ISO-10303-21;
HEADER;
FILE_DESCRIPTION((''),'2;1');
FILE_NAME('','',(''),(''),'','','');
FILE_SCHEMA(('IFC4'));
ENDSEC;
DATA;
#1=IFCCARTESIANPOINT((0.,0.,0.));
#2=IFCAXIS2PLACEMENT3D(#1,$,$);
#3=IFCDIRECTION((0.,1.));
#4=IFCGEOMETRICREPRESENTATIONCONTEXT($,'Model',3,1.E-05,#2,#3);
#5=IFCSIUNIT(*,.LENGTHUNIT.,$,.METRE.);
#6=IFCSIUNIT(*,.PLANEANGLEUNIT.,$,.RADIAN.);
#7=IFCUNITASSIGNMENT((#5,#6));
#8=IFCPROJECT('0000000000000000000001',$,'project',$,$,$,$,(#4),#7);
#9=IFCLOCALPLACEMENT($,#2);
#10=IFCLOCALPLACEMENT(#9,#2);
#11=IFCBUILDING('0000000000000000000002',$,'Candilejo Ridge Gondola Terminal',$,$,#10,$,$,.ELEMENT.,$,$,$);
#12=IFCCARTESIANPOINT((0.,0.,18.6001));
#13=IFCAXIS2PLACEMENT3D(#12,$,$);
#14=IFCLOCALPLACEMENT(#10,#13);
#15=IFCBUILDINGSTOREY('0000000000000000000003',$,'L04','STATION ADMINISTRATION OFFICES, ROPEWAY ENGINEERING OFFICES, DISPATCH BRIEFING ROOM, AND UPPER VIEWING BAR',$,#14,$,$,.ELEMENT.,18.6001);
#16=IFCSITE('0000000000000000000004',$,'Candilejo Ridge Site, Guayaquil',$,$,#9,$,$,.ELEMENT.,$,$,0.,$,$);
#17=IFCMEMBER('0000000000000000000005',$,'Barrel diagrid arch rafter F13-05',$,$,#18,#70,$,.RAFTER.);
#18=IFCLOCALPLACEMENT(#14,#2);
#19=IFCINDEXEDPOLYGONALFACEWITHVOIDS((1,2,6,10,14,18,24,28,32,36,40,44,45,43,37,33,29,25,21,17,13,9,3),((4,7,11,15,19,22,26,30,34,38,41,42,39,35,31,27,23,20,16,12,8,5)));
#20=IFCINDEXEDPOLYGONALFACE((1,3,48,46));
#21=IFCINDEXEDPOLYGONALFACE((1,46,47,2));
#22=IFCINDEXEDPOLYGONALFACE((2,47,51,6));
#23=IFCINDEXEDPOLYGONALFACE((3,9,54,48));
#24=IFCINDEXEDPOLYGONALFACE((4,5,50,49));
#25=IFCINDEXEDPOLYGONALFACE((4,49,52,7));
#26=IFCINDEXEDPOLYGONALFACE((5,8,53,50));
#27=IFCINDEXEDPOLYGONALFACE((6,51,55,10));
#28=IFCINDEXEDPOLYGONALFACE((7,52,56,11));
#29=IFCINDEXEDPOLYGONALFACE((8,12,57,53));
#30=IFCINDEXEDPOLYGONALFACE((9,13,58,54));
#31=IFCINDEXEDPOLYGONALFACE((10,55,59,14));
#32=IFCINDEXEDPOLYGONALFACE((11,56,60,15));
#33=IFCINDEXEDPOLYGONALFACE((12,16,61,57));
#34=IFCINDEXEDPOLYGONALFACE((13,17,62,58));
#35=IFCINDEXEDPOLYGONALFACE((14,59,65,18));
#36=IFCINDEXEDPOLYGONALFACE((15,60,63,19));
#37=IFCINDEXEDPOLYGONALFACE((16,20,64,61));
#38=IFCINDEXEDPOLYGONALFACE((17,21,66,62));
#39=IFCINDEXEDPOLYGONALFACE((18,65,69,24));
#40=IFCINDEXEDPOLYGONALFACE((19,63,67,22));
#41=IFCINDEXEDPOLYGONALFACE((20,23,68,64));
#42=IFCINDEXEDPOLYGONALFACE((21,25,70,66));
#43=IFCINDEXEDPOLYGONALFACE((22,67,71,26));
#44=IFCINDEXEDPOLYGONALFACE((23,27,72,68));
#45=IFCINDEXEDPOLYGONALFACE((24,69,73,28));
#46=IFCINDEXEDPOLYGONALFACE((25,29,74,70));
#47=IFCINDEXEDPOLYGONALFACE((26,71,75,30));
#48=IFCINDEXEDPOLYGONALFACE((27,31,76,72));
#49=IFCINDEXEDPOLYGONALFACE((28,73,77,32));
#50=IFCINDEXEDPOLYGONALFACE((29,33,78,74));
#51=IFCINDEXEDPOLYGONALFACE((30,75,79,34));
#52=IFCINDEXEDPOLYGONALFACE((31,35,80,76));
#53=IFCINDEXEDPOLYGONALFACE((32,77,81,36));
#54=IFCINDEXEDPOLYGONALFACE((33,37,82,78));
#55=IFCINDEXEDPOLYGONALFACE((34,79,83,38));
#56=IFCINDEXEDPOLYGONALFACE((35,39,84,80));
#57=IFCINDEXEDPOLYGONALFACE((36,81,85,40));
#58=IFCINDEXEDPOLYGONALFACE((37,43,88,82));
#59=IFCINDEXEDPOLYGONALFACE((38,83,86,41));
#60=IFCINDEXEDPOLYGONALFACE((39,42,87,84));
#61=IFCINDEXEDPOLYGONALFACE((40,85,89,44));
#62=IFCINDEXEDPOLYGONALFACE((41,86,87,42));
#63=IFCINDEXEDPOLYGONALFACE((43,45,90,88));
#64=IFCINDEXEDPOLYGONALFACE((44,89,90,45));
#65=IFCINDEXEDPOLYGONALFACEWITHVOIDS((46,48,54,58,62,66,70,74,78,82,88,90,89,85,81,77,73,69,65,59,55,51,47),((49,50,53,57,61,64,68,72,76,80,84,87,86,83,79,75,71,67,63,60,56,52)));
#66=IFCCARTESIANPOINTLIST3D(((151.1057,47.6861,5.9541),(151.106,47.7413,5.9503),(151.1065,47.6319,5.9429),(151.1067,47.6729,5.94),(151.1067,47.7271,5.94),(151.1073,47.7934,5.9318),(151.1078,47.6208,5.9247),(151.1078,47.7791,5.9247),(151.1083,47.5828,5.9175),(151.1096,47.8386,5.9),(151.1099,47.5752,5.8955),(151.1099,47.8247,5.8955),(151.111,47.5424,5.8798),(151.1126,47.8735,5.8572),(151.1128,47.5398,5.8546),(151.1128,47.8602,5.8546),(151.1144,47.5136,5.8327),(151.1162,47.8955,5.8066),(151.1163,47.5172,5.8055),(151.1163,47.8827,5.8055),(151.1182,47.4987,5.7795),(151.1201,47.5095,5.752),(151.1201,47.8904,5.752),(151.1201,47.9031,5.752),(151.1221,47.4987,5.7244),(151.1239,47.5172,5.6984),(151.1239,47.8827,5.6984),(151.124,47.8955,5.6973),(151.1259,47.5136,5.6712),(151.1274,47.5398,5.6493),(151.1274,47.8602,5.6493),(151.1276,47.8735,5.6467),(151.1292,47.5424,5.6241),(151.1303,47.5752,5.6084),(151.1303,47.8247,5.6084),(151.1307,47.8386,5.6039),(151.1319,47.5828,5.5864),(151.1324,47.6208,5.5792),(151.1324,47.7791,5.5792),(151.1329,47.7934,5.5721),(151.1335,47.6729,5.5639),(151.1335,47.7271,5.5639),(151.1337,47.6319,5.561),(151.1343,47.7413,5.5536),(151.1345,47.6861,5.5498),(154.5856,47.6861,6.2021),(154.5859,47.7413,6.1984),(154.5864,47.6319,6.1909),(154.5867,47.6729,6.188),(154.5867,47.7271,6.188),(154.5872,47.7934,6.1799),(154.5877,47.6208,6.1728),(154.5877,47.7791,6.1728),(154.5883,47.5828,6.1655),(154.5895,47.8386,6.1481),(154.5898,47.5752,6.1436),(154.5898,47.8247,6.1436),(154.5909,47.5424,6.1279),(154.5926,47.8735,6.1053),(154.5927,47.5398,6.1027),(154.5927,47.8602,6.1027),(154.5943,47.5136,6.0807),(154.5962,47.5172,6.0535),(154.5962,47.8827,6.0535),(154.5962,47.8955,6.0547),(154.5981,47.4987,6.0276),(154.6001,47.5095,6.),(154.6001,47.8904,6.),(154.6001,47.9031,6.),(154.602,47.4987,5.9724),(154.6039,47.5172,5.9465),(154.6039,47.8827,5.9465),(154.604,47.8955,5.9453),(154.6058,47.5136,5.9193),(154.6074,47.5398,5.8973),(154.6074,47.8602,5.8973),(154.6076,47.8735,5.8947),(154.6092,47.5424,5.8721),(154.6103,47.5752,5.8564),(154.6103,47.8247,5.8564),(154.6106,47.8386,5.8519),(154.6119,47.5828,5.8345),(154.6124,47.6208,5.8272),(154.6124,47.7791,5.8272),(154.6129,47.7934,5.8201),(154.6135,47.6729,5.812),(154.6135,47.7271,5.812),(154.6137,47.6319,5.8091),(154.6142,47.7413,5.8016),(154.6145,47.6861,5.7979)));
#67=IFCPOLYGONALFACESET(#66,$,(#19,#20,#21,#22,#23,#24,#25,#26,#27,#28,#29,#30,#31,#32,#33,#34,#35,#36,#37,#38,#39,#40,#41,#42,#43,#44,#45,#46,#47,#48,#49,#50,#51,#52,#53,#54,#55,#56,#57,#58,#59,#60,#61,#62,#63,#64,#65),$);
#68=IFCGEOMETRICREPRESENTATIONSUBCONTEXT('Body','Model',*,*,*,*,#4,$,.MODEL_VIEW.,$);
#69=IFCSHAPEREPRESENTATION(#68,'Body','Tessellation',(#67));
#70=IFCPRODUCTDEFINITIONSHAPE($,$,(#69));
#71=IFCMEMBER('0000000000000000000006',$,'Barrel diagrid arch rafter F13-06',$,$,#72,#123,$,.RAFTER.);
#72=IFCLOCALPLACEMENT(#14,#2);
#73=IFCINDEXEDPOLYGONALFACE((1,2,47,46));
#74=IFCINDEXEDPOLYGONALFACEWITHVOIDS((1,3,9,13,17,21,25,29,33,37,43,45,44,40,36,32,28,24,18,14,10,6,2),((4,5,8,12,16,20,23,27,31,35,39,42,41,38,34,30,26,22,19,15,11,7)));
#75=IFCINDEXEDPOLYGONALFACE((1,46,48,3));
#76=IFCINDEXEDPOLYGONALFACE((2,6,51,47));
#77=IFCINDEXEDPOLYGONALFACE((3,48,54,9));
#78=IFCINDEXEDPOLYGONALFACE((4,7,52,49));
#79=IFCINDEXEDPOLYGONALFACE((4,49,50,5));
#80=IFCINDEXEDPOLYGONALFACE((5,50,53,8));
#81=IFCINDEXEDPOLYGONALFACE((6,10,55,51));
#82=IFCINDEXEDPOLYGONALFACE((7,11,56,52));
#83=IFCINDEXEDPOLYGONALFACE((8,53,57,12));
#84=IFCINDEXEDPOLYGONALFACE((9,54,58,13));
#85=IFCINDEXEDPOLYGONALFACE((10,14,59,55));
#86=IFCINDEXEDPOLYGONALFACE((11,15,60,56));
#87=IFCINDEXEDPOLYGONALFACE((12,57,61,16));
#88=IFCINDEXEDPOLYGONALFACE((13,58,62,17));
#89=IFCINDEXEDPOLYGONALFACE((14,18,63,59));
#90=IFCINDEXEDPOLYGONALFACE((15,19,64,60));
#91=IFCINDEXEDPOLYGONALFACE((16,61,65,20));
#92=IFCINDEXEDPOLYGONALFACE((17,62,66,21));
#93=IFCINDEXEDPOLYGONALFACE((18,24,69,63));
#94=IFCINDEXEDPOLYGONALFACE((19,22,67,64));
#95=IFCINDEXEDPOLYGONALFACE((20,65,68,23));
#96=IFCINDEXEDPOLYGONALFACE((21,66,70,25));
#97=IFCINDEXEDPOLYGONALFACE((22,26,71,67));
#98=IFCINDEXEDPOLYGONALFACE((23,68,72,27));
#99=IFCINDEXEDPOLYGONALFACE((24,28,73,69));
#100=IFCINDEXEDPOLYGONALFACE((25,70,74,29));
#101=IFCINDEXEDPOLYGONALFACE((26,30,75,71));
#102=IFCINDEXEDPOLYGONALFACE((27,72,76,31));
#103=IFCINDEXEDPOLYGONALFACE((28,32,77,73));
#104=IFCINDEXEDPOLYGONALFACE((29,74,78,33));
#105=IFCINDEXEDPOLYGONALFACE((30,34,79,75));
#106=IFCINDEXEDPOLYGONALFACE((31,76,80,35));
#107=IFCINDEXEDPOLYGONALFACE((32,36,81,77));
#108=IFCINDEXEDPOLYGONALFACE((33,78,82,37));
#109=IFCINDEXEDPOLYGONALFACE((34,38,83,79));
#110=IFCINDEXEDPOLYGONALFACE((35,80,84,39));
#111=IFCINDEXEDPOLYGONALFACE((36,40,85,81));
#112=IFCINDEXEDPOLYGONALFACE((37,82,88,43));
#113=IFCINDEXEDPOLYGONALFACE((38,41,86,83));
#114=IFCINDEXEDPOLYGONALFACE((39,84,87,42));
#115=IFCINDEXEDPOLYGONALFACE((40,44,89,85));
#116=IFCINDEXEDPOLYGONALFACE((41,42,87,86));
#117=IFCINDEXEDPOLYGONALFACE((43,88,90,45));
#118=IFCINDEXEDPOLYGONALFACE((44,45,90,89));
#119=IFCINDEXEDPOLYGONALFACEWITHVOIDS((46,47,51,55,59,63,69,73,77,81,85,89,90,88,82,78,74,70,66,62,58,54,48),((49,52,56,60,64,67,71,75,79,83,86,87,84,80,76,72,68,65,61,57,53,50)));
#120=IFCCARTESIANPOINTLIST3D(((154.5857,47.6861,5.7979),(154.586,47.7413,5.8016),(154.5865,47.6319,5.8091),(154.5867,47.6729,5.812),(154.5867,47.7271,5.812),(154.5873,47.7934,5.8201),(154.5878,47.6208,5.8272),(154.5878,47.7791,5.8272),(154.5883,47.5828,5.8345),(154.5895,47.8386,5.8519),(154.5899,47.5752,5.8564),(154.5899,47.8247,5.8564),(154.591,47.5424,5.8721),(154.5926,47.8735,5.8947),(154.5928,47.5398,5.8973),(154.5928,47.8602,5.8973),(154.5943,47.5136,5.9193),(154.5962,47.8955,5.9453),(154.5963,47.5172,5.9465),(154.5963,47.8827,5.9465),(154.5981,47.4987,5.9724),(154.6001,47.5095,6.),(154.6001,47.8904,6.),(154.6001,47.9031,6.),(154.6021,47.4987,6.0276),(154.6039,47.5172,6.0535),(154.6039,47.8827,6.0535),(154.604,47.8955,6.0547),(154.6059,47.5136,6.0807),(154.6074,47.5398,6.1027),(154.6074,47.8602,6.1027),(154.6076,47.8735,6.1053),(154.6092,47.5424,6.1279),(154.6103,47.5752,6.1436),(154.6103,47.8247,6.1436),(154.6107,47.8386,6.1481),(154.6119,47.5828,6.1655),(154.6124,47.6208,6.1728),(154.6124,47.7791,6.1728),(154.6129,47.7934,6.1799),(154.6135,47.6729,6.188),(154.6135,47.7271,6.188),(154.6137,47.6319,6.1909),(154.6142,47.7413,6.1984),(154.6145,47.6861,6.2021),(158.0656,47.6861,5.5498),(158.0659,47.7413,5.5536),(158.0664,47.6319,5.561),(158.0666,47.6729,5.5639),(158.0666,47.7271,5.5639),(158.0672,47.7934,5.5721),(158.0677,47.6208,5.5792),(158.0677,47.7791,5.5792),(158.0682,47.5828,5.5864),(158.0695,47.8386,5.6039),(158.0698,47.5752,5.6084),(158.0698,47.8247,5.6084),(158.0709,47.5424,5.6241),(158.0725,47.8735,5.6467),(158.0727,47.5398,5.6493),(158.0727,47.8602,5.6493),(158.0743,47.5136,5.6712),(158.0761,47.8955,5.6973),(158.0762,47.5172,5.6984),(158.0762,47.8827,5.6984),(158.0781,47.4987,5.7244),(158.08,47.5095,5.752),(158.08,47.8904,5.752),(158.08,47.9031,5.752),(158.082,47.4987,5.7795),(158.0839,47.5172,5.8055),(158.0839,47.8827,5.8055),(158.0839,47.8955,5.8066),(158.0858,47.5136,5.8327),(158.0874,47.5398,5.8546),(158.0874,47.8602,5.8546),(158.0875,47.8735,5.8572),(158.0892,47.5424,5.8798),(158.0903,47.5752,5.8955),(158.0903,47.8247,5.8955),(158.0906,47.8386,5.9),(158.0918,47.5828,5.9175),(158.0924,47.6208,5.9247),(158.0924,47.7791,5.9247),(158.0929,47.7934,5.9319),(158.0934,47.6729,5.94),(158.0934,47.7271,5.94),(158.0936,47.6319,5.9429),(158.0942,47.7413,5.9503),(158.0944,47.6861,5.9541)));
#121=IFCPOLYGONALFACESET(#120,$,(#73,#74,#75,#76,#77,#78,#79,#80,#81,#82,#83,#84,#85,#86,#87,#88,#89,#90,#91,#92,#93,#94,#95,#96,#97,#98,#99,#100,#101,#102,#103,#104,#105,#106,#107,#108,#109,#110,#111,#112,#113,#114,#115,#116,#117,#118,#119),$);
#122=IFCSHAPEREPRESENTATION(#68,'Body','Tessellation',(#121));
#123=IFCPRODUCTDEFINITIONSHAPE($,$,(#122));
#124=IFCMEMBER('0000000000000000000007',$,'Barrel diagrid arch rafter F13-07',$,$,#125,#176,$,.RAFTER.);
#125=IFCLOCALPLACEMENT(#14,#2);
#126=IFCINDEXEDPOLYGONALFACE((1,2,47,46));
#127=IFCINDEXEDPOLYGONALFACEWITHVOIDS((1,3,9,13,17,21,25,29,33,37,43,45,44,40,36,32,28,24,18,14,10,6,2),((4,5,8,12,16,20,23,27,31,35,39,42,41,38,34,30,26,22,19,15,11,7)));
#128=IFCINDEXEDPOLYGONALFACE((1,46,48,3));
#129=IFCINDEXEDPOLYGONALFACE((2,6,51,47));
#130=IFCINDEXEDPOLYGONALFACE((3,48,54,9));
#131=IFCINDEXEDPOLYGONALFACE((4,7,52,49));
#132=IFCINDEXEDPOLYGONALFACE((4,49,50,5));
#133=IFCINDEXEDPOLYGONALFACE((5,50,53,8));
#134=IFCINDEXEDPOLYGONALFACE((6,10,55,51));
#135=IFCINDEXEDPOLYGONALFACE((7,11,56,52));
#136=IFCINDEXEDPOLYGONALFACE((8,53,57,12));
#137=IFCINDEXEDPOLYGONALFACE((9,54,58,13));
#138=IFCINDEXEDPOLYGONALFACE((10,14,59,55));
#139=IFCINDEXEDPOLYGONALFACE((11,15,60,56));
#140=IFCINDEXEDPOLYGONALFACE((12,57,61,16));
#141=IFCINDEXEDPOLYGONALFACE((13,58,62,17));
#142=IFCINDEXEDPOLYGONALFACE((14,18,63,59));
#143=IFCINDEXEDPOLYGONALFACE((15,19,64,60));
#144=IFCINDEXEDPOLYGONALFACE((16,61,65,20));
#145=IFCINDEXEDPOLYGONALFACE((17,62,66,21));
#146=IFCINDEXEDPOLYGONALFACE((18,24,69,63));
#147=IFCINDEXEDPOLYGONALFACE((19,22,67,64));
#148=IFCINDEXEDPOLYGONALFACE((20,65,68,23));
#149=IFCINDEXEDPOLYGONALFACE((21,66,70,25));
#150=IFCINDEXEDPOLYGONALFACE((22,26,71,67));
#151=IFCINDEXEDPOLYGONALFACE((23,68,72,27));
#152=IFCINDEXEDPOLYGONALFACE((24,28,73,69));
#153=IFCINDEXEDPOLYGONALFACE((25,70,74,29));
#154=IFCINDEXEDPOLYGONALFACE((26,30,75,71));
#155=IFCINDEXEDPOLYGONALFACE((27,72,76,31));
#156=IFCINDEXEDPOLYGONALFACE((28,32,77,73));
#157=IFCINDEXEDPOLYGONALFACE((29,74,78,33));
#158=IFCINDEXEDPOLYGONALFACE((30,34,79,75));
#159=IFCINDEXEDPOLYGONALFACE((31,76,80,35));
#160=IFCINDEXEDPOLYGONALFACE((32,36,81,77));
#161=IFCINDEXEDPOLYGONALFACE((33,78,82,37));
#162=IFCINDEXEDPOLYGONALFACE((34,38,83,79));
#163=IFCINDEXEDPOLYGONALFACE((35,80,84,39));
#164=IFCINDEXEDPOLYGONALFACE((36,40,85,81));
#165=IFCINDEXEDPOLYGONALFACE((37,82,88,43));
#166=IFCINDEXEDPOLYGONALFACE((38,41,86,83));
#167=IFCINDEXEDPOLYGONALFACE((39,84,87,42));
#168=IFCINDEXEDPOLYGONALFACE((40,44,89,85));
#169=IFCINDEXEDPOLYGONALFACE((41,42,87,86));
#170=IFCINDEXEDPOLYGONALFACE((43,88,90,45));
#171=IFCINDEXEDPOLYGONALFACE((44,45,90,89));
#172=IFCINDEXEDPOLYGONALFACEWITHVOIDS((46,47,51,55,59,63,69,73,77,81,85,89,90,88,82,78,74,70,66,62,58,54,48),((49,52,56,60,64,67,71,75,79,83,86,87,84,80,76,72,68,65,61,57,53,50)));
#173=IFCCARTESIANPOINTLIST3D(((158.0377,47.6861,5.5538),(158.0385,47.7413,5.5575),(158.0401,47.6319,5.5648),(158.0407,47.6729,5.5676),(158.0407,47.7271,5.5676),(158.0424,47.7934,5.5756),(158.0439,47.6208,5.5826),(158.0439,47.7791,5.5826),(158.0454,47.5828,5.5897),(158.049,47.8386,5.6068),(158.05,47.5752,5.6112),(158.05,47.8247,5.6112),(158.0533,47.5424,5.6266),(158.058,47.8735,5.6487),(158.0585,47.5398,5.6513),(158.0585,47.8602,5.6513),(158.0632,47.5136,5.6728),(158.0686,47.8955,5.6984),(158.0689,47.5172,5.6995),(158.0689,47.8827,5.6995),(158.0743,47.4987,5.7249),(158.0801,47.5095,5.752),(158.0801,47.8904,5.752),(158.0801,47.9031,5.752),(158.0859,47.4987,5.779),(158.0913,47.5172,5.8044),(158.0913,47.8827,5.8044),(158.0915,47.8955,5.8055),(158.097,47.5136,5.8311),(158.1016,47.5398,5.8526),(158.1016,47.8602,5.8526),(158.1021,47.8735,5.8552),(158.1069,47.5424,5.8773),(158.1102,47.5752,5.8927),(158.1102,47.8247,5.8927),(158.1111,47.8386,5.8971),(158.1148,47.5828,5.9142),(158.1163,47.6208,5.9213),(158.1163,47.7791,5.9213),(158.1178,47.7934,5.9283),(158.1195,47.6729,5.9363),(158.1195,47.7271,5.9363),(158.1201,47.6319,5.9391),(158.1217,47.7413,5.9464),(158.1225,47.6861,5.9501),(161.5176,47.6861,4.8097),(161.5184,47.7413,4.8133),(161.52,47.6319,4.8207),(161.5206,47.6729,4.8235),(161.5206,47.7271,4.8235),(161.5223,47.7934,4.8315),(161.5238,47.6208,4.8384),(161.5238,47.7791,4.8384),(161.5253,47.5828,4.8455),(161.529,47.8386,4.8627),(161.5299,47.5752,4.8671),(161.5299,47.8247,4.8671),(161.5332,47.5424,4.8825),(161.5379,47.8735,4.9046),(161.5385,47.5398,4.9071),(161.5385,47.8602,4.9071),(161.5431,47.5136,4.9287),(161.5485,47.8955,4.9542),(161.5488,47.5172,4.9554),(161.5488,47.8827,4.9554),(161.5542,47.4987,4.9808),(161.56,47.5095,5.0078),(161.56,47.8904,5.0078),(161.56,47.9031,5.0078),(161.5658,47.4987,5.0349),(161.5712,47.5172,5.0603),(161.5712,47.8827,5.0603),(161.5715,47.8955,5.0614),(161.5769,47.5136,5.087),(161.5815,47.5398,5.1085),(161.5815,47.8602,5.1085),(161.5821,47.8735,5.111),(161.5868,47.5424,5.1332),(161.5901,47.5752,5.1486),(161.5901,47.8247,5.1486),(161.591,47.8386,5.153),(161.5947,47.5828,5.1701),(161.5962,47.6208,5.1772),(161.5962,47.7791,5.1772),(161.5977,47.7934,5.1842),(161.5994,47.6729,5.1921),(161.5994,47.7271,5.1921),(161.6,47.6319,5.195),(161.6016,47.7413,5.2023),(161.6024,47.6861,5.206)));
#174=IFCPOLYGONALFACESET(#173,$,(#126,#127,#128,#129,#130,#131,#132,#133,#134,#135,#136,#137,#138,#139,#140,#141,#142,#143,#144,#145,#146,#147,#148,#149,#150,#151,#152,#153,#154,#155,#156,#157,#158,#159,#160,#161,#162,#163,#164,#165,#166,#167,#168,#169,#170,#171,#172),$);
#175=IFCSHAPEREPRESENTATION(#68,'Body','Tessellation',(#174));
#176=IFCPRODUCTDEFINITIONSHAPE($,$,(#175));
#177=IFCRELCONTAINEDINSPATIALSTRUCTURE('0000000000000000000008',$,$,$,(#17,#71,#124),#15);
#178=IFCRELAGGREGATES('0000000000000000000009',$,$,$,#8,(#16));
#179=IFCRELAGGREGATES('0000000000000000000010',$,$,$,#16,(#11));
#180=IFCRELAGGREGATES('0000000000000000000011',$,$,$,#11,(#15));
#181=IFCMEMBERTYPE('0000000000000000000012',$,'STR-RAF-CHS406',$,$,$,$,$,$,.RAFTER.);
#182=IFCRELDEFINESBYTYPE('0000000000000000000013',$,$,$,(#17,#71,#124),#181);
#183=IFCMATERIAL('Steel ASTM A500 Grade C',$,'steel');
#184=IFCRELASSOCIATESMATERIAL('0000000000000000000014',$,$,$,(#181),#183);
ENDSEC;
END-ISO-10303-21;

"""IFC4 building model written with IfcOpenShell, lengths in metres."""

from ifc_helpers import new_model, si_unit, direction, frame, origin, origin_2d, place, context, subcontext, project, spatial, hollow_circle, extrude, material, material_profile, profile_set, type_object, element, save


model = new_model("IFC4")

# Units and contexts
model_context = context("Model", 3, precision=1e-05, world=origin(), true_north=direction((0.0, 1.0)))
body_context = subcontext(model_context, "Body", "Model", "MODEL_VIEW")
ifc_project = project(units=[si_unit("LENGTHUNIT", "METRE"), si_unit("PLANEANGLEUNIT", "RADIAN")], contexts=[model_context])

# Site, building, storey
site_placement = place(None, origin())
site = spatial("IfcSite", under=ifc_project, at=site_placement, Name="Candilejo Ridge Site, Guayaquil", CompositionType="ELEMENT", RefElevation=0.0)
building_placement = place(site_placement, origin())
building = spatial("IfcBuilding", under=site, at=building_placement, Name="Candilejo Ridge Gondola Terminal", CompositionType="ELEMENT")
storey_placement = place(building_placement, frame((0.0, 0.0, 18.6001)))
storey = spatial("IfcBuildingStorey", under=building, at=storey_placement, Name="L04", Description="STATION ADMINISTRATION OFFICES, ROPEWAY ENGINEERING OFFICES, DISPATCH BRIEFING ROOM, AND UPPER VIEWING BAR", CompositionType="ELEMENT", Elevation=18.6001)

# Members
ifc_material_1 = material(Name="Steel ASTM A500 Grade C", Category="steel")
ifc_material_profile_1 = material_profile(ifc_material_1, hollow_circle(Radius=0.2031, WallThickness=0.0127, at=origin_2d()))
ifc_profile_set_1 = profile_set([ifc_material_profile_1], Name="Steel ASTM A500 Grade C")
member_type_1 = type_object("IfcMemberType", Name="STR-RAF-CHS406", PredefinedType="RAFTER", material=ifc_profile_set_1)
for number, where, z_axis, x_axis, name in (
    (1, (151.1201, 47.7, 5.752), (0.997469, 0.0, 0.071098), (0.0, 1.0, 0.0), "Barrel diagrid arch rafter F13-05"),
    (2, (154.6001, 47.7, 6.0), (0.997469, 0.0, -0.071098), (0.0, 1.0, 0.0), "Barrel diagrid arch rafter F13-06"),
):
    element("IfcMember", number, at=place(storey_placement, frame(where, z_axis=z_axis, x_axis=x_axis)), inside=storey, type_object=member_type_1, Name=name, PredefinedType="RAFTER", context=body_context, shape_type="SweptSolid", body=[
        extrude(hollow_circle(Radius=0.2031, WallThickness=0.0127, at=origin_2d()), origin(), (0.0, 0.0, 1.0), 3.4888),
    ])
member_1_placement = place(storey_placement, frame((158.0801, 47.7, 5.752), z_axis=(0.977893, 0.0, -0.209107), x_axis=(0.0, 1.0, 0.0)))
element("IfcMember", 3, at=member_1_placement, inside=storey, type_object=member_type_1, Name="Barrel diagrid arch rafter F13-07", PredefinedType="RAFTER", context=body_context, shape_type="SweptSolid", body=[
    extrude(hollow_circle(Radius=0.2031, WallThickness=0.0127, at=origin_2d()), origin(), (0.0, 0.0, 1.0), 3.5586),
])

save(model, "model.ifc")
